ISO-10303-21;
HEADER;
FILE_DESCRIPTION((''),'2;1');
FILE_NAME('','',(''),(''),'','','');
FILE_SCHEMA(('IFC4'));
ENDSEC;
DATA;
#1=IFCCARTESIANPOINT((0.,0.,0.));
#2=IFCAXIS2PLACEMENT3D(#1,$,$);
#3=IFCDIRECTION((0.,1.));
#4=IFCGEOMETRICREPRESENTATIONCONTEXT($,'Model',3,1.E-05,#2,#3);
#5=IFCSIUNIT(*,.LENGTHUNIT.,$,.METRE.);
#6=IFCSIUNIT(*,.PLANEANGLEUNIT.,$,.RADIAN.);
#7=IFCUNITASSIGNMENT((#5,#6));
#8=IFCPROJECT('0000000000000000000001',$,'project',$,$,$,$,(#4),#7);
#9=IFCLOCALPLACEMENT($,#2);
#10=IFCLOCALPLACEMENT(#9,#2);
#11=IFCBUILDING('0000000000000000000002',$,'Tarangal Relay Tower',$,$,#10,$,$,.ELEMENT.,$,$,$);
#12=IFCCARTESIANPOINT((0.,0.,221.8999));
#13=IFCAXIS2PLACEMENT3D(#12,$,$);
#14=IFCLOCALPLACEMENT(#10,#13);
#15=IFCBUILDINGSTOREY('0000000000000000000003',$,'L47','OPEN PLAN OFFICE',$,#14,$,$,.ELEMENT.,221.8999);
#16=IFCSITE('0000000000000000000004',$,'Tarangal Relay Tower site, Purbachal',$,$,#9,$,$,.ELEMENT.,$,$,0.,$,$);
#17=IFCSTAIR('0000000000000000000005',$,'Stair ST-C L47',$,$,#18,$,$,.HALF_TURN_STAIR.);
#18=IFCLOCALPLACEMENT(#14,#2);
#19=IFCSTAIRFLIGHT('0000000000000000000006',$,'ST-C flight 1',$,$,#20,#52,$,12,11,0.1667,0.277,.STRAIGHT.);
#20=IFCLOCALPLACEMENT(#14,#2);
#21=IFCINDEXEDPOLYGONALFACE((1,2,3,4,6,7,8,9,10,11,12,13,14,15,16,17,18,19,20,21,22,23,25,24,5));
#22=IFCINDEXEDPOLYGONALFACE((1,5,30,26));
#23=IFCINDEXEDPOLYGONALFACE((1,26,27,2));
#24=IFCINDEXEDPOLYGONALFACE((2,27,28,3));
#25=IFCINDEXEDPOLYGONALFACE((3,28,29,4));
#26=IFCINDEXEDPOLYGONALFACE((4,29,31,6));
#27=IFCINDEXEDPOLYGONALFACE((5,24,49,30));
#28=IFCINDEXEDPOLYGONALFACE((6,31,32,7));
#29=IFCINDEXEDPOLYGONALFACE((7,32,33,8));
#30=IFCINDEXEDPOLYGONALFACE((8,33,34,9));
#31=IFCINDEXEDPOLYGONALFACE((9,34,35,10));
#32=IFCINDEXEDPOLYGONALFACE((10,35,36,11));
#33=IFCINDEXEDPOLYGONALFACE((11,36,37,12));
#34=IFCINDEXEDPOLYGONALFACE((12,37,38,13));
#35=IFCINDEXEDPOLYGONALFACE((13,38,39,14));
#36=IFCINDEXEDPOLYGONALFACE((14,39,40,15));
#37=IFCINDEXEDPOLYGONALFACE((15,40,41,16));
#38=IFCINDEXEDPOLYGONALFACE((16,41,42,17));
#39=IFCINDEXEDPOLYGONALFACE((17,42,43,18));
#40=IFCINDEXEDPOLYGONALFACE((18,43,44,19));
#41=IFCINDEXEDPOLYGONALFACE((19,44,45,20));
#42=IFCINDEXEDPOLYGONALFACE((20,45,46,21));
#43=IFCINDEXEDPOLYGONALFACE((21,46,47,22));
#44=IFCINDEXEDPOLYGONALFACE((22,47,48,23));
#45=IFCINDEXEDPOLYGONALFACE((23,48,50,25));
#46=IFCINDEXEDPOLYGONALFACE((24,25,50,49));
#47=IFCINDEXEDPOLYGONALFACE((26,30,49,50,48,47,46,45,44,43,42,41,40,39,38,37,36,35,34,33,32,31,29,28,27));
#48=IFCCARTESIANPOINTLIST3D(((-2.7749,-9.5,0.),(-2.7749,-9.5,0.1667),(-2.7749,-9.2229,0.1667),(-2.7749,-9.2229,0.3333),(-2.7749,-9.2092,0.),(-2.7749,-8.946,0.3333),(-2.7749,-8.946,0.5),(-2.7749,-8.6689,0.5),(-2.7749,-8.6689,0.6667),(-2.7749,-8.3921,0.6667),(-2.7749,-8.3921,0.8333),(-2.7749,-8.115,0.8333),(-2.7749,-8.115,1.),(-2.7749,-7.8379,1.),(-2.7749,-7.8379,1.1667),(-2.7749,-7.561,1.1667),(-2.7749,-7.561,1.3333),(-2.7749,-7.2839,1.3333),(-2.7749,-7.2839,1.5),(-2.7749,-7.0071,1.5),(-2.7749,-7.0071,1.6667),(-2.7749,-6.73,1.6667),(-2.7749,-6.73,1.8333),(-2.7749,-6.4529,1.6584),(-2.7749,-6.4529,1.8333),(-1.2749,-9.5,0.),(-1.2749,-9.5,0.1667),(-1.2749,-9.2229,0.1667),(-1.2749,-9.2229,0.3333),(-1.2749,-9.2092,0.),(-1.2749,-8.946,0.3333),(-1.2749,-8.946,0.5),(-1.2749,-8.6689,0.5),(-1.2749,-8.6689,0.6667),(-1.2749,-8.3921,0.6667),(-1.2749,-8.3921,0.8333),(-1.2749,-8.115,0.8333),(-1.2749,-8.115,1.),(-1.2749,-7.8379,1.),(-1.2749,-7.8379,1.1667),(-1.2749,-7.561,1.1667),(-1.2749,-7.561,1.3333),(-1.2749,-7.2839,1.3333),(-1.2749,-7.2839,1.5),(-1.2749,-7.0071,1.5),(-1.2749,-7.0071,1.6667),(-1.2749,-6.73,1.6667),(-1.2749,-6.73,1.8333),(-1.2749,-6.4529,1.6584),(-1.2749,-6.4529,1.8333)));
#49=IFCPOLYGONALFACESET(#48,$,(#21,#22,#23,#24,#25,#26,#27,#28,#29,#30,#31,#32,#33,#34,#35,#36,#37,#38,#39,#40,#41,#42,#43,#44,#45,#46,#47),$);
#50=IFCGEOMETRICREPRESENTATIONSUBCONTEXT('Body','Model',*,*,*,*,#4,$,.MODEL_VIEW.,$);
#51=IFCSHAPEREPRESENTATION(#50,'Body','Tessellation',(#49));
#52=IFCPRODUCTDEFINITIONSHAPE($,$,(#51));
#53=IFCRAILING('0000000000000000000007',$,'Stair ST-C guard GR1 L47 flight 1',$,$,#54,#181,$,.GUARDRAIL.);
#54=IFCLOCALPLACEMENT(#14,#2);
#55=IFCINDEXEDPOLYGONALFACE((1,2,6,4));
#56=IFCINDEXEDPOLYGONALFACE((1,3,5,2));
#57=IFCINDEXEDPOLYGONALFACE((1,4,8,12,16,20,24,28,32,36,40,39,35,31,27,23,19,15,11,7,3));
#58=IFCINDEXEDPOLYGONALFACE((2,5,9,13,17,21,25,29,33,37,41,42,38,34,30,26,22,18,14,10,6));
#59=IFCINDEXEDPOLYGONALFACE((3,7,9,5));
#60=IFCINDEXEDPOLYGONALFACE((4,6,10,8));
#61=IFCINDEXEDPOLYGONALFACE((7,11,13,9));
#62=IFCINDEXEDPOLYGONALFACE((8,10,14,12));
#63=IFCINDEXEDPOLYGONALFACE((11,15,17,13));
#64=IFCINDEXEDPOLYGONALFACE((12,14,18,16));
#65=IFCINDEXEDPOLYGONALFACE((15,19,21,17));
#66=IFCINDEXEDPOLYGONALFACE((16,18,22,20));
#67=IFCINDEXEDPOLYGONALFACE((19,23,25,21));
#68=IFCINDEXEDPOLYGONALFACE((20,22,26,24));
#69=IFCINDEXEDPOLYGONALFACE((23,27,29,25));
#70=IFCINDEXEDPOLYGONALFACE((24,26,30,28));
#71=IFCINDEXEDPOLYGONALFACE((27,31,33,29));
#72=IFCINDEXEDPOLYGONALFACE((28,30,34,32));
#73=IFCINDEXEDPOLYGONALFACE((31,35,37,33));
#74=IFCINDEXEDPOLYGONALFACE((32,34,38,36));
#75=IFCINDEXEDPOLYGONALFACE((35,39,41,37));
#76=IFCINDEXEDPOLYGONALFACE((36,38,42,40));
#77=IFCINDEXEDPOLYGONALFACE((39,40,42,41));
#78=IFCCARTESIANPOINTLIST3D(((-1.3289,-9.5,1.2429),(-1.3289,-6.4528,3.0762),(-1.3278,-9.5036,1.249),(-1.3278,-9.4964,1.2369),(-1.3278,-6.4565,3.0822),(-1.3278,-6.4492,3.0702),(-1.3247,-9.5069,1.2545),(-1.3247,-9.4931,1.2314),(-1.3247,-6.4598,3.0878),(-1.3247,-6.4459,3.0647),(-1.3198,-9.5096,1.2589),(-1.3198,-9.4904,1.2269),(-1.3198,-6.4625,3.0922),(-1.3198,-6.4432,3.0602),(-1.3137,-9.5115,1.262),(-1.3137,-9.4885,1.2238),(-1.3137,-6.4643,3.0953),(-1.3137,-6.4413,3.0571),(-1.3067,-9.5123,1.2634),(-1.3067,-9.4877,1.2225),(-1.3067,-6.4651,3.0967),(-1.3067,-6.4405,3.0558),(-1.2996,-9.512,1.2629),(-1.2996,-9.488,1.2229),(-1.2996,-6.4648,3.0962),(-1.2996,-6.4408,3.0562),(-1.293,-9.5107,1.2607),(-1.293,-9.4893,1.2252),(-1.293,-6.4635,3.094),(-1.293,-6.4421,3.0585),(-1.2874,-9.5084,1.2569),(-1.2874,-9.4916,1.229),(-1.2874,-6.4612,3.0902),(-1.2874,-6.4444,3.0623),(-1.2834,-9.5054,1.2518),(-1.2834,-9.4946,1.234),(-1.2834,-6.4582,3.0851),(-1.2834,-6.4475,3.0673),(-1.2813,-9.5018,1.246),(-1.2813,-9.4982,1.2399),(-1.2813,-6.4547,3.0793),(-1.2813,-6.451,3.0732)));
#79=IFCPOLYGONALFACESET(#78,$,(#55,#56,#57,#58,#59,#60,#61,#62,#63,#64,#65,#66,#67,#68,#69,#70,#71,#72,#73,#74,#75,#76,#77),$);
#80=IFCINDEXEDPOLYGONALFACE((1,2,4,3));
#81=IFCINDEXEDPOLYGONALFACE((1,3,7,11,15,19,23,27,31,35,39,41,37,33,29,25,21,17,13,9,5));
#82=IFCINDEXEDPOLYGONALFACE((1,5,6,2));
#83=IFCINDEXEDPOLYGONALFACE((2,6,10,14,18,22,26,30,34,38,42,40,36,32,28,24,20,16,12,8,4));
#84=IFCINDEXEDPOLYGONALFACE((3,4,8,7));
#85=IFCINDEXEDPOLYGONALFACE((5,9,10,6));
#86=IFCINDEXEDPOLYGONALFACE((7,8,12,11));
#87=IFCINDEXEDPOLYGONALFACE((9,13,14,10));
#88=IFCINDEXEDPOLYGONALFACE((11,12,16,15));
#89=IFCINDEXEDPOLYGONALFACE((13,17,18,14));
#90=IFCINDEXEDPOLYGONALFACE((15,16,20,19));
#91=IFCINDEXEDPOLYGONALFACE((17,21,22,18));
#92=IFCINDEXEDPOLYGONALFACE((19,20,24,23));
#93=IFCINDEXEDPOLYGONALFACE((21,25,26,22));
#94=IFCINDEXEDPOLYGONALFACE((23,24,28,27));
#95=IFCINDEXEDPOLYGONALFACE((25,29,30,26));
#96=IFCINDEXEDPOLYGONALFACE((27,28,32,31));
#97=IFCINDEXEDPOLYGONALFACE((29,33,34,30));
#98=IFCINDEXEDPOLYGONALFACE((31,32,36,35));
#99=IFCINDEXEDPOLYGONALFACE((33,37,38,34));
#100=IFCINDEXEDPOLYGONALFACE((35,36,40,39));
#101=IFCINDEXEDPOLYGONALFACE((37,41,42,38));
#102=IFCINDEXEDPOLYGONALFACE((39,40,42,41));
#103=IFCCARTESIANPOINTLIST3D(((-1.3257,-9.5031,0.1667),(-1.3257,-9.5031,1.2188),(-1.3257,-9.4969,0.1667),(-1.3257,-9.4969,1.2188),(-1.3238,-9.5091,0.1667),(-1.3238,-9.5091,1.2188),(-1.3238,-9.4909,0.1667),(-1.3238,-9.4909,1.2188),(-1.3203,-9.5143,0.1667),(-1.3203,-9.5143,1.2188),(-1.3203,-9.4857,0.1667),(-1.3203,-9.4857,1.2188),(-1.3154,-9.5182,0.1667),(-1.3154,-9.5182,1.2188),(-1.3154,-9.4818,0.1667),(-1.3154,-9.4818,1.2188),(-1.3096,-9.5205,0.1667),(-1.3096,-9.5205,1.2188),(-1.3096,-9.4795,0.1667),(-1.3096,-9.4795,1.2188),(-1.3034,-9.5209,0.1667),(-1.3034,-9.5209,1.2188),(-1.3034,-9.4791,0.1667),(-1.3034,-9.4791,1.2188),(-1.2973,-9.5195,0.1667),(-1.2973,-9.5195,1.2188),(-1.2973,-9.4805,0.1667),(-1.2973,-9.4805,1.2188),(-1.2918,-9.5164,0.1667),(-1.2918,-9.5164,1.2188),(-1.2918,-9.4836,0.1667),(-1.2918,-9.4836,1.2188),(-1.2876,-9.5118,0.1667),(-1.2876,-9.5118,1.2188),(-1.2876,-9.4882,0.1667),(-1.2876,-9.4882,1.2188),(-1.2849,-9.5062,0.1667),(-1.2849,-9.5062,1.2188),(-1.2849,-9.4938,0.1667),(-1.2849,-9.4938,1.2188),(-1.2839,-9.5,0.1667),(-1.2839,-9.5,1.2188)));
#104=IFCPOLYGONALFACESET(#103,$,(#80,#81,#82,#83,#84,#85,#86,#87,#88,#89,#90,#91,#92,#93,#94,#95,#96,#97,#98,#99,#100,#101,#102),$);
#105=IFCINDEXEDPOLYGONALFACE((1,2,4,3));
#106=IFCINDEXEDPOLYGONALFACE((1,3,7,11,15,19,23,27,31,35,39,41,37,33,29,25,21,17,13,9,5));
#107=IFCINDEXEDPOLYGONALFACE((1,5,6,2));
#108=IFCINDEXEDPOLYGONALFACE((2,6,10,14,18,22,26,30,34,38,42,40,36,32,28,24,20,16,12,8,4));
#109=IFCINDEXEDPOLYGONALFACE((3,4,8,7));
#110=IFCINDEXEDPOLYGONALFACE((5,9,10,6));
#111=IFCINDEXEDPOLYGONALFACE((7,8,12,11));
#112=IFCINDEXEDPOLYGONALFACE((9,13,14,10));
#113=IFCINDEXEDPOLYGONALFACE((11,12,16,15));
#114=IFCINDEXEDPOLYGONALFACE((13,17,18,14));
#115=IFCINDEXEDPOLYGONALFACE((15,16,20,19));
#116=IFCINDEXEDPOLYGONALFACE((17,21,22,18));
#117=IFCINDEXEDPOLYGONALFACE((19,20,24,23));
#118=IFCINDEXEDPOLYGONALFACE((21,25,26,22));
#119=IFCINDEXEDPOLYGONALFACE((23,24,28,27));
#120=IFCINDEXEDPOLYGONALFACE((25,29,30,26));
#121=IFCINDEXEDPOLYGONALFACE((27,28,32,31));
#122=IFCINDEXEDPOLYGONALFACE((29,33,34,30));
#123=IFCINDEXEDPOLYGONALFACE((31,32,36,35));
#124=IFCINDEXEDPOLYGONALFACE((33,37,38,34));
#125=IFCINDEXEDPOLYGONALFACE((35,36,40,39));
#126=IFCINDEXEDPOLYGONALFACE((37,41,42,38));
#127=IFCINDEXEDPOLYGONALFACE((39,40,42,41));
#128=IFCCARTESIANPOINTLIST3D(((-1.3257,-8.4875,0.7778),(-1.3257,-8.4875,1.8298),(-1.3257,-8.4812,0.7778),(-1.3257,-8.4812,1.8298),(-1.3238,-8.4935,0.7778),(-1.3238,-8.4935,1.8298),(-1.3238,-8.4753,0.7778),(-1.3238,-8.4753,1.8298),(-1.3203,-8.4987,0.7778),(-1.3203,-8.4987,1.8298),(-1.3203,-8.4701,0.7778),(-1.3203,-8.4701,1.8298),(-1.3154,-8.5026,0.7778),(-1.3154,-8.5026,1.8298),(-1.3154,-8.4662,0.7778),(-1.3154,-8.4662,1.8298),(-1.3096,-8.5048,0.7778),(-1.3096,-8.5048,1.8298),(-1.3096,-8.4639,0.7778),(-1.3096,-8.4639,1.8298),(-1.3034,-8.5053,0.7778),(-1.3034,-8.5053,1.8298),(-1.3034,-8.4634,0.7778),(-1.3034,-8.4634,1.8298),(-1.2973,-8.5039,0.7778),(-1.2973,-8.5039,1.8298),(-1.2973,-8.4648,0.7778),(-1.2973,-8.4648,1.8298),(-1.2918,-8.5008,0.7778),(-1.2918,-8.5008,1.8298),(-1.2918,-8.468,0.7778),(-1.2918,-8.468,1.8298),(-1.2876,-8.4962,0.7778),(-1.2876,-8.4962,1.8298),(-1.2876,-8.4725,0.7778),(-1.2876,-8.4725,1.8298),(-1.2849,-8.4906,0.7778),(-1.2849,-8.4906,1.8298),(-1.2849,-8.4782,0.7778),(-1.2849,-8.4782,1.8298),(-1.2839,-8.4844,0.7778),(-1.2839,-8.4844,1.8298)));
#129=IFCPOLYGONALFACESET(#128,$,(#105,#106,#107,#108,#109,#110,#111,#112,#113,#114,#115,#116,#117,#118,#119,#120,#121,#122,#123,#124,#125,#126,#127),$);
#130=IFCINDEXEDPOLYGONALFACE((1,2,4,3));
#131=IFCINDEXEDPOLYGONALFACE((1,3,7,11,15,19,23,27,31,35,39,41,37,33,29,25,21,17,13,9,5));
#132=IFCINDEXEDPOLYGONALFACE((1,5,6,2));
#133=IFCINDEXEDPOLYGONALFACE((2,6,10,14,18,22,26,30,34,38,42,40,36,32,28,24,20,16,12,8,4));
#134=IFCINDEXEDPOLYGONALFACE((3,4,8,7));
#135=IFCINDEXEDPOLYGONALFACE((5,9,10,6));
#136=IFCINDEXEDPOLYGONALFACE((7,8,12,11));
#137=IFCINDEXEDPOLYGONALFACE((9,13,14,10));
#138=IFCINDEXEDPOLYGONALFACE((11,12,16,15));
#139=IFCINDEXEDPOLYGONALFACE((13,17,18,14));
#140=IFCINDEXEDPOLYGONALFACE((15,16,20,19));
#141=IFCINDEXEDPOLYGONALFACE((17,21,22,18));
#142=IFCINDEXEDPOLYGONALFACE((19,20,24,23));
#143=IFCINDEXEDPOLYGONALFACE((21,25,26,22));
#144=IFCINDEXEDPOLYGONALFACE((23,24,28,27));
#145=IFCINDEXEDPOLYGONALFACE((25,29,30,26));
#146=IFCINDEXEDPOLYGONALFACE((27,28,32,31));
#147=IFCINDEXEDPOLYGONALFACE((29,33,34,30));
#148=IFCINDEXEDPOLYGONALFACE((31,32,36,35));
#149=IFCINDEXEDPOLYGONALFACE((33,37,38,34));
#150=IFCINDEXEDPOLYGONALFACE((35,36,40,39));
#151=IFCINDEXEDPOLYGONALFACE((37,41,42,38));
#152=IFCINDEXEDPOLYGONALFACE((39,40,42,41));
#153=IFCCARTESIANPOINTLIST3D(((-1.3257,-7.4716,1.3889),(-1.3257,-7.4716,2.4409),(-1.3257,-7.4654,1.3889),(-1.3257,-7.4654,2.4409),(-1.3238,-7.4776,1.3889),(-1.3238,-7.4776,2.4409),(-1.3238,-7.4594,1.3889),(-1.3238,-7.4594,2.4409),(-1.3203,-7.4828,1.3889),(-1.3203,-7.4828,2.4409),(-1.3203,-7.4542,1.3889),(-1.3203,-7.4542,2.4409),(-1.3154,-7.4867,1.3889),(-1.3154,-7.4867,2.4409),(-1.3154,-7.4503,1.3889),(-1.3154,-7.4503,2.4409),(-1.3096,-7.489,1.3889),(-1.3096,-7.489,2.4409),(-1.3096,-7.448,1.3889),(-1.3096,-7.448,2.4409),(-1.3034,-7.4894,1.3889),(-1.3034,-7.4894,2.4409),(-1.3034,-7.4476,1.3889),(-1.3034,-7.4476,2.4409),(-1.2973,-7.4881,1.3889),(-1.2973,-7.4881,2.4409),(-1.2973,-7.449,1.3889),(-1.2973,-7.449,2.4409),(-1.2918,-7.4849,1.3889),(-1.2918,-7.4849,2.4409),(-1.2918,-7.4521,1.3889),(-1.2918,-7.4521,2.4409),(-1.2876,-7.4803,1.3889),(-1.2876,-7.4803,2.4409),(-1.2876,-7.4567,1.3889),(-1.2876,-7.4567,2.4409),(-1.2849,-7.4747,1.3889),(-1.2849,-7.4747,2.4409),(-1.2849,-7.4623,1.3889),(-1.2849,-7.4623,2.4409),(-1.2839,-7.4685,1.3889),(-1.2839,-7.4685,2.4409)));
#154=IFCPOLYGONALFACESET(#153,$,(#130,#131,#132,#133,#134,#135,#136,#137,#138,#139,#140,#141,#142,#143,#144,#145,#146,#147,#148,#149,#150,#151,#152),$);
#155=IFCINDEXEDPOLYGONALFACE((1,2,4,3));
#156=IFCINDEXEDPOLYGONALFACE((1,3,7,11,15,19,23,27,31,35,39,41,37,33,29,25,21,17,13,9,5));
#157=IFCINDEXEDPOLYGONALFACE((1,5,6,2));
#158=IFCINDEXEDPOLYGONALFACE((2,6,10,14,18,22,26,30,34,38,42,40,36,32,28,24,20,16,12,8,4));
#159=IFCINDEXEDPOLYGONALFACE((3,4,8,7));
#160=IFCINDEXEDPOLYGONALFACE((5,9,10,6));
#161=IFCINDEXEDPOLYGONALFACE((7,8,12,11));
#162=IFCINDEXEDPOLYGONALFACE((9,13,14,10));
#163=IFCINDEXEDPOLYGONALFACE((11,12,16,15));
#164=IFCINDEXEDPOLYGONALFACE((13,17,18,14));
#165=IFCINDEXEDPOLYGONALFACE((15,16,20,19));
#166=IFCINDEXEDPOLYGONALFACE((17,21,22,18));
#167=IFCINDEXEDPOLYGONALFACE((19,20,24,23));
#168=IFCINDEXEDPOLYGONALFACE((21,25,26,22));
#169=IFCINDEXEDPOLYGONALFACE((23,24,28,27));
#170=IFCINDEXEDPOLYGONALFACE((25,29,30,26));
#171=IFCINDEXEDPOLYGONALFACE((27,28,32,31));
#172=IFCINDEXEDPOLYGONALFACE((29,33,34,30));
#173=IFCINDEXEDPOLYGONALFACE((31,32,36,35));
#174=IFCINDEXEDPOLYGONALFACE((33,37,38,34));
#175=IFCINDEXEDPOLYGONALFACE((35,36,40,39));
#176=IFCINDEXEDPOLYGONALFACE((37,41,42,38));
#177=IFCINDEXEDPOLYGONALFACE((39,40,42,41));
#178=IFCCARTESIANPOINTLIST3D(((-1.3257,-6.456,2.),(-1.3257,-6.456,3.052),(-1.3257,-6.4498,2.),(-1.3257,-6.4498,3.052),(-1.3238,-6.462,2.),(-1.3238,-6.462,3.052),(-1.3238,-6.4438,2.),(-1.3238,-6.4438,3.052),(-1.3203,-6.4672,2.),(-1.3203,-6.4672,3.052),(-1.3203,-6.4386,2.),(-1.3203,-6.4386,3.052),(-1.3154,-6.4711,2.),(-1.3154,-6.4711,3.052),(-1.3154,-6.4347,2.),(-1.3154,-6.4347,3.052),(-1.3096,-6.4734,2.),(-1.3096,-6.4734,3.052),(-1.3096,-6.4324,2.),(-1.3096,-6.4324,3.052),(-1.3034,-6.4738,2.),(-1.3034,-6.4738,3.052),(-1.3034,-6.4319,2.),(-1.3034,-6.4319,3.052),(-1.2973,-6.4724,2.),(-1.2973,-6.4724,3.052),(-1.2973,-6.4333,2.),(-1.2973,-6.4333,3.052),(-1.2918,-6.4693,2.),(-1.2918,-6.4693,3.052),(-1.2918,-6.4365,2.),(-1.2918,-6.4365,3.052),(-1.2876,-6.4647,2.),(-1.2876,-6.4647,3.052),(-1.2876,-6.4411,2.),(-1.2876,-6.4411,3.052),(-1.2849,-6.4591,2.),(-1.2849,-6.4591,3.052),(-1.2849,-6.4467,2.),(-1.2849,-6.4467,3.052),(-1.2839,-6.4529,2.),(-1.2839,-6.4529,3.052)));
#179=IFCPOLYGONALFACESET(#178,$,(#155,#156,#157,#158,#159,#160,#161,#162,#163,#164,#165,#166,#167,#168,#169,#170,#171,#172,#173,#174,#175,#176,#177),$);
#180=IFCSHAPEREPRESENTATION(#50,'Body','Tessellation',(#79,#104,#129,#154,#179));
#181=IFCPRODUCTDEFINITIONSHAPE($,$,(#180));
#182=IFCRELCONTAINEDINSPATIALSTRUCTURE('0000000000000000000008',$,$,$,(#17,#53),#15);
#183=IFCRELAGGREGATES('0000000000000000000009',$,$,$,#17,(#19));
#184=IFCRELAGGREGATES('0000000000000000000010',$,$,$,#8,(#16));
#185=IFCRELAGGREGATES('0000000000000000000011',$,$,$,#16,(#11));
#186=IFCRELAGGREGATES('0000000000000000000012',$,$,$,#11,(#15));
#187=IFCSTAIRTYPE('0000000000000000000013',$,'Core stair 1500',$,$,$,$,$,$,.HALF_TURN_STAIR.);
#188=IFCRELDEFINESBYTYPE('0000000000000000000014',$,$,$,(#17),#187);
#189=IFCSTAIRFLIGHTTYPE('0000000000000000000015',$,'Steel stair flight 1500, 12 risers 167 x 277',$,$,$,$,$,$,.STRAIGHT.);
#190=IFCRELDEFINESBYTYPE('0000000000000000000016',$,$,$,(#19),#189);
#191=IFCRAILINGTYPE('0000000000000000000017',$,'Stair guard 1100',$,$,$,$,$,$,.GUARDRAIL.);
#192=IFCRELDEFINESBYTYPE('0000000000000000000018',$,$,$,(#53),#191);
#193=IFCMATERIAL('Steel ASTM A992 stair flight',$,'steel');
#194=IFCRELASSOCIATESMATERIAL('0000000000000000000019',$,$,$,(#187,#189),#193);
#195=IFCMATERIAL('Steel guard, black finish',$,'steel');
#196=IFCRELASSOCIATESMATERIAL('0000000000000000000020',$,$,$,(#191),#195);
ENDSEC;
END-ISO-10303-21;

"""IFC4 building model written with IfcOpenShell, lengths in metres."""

from ifc_helpers import new_model, si_unit, direction, frame, origin, origin_2d, place, context, subcontext, project, spatial, polyline, circle, outline, extrude, material, type_object, element, aggregate, save


model = new_model("IFC4")

# Units and contexts
model_context = context("Model", 3, precision=1e-05, world=origin(), true_north=direction((0.0, 1.0)))
body_context = subcontext(model_context, "Body", "Model", "MODEL_VIEW")
ifc_project = project(units=[si_unit("LENGTHUNIT", "METRE"), si_unit("PLANEANGLEUNIT", "RADIAN")], contexts=[model_context])

# Site, building, storey
site_placement = place(None, origin())
site = spatial("IfcSite", under=ifc_project, at=site_placement, Name="Tarangal Relay Tower site, Purbachal", CompositionType="ELEMENT", RefElevation=0.0)
building_placement = place(site_placement, origin())
building = spatial("IfcBuilding", under=site, at=building_placement, Name="Tarangal Relay Tower", CompositionType="ELEMENT")
storey_placement = place(building_placement, frame((0.0, 0.0, 221.8999)))
storey = spatial("IfcBuildingStorey", under=building, at=storey_placement, Name="L47", Description="OPEN PLAN OFFICE", CompositionType="ELEMENT", Elevation=221.8999)

# Stair, stair flight
ifc_material_1 = material(Name="Steel ASTM A992 stair flight", Category="steel")
stair_type = type_object("IfcStairType", Name="Core stair 1500", PredefinedType="HALF_TURN_STAIR", material=ifc_material_1)
stair_placement = place(storey_placement, origin())
stair = element("IfcStair", 1, at=stair_placement, inside=storey, type_object=stair_type, Name="Stair ST-C L47", PredefinedType="HALF_TURN_STAIR")
stair_flight_type = type_object("IfcStairFlightType", Name="Steel stair flight 1500, 12 risers 167 x 277", PredefinedType="STRAIGHT", material=ifc_material_1)
stair_flight_placement = place(storey_placement, frame((-2.0249, -9.5, 0.0), z_axis=(0.0, 0.0, 1.0), x_axis=(0.0, 1.0, 0.0)))
stair_flight = element("IfcStairFlight", 2, at=stair_flight_placement, type_object=stair_flight_type, Name="ST-C flight 1", NumberOfRisers=12, NumberOfTreads=11, PredefinedType="STRAIGHT", RiserHeight=0.1667, TreadLength=0.277, context=body_context, shape_type="SweptSolid", body=[
    extrude(outline(polyline([(0.0, 0.0), (0.0, 0.1667), (0.2771, 0.1667), (0.2771, 0.3333), (0.554, 0.3333), (0.554, 0.5), (0.8311, 0.5), (0.8311, 0.6667), (1.1079, 0.6667), (1.1079, 0.8333), (1.385, 0.8333), (1.385, 1.0), (1.6621, 1.0), (1.6621, 1.1667), (1.939, 1.1667), (1.939, 1.3333), (2.2161, 1.3333), (2.2161, 1.5), (2.4929, 1.5), (2.4929, 1.6667), (2.77, 1.6667), (2.77, 1.8333), (3.0471, 1.8333), (3.0471, 2.0), (3.0471, 1.6584), (0.2908, 0.0), (0.0, 0.0)])), frame((0.0, 0.75, 0.0), z_axis=(0.0, -1.0, 0.0), x_axis=(1.0, 0.0, 0.0)), (0.0, 0.0, 1.0), 1.5),
])
aggregate(stair, [stair_flight])

# Railing
ifc_material_2 = material(Name="Steel guard, black finish", Category="steel")
railing_type_1 = type_object("IfcRailingType", Name="Stair guard 1100", PredefinedType="GUARDRAIL", material=ifc_material_2)
railing_1_placement = place(storey_placement, frame((-1.3049, -9.5, 0.1667)))
element("IfcRailing", 3, at=railing_1_placement, inside=storey, type_object=railing_type_1, Name="Stair ST-C guard GR1 L47 flight 1", PredefinedType="GUARDRAIL", context=body_context, shape_type="SweptSolid", body=[
    extrude(circle(Radius=0.0239, at=origin_2d()), frame((0.0, 0.0, 1.0762), z_axis=(0.0, 0.856874, 0.515525), x_axis=(-1.0, 0.0, 0.0)), (0.0, 0.0, 1.0), 3.5562),
    extrude(circle(Radius=0.021, at=origin_2d()), origin(), (0.0, 0.0, 1.0), 1.052),
    extrude(circle(Radius=0.021, at=origin_2d()), frame((0.0, 1.0156, 0.6111)), (0.0, 0.0, 1.0), 1.052),
    extrude(circle(Radius=0.021, at=origin_2d()), frame((0.0, 2.0315, 1.2222)), (0.0, 0.0, 1.0), 1.052),
    extrude(circle(Radius=0.021, at=origin_2d()), frame((0.0, 3.0471, 1.8333)), (0.0, 0.0, 1.0), 1.052),
])

save(model, "model.ifc")
